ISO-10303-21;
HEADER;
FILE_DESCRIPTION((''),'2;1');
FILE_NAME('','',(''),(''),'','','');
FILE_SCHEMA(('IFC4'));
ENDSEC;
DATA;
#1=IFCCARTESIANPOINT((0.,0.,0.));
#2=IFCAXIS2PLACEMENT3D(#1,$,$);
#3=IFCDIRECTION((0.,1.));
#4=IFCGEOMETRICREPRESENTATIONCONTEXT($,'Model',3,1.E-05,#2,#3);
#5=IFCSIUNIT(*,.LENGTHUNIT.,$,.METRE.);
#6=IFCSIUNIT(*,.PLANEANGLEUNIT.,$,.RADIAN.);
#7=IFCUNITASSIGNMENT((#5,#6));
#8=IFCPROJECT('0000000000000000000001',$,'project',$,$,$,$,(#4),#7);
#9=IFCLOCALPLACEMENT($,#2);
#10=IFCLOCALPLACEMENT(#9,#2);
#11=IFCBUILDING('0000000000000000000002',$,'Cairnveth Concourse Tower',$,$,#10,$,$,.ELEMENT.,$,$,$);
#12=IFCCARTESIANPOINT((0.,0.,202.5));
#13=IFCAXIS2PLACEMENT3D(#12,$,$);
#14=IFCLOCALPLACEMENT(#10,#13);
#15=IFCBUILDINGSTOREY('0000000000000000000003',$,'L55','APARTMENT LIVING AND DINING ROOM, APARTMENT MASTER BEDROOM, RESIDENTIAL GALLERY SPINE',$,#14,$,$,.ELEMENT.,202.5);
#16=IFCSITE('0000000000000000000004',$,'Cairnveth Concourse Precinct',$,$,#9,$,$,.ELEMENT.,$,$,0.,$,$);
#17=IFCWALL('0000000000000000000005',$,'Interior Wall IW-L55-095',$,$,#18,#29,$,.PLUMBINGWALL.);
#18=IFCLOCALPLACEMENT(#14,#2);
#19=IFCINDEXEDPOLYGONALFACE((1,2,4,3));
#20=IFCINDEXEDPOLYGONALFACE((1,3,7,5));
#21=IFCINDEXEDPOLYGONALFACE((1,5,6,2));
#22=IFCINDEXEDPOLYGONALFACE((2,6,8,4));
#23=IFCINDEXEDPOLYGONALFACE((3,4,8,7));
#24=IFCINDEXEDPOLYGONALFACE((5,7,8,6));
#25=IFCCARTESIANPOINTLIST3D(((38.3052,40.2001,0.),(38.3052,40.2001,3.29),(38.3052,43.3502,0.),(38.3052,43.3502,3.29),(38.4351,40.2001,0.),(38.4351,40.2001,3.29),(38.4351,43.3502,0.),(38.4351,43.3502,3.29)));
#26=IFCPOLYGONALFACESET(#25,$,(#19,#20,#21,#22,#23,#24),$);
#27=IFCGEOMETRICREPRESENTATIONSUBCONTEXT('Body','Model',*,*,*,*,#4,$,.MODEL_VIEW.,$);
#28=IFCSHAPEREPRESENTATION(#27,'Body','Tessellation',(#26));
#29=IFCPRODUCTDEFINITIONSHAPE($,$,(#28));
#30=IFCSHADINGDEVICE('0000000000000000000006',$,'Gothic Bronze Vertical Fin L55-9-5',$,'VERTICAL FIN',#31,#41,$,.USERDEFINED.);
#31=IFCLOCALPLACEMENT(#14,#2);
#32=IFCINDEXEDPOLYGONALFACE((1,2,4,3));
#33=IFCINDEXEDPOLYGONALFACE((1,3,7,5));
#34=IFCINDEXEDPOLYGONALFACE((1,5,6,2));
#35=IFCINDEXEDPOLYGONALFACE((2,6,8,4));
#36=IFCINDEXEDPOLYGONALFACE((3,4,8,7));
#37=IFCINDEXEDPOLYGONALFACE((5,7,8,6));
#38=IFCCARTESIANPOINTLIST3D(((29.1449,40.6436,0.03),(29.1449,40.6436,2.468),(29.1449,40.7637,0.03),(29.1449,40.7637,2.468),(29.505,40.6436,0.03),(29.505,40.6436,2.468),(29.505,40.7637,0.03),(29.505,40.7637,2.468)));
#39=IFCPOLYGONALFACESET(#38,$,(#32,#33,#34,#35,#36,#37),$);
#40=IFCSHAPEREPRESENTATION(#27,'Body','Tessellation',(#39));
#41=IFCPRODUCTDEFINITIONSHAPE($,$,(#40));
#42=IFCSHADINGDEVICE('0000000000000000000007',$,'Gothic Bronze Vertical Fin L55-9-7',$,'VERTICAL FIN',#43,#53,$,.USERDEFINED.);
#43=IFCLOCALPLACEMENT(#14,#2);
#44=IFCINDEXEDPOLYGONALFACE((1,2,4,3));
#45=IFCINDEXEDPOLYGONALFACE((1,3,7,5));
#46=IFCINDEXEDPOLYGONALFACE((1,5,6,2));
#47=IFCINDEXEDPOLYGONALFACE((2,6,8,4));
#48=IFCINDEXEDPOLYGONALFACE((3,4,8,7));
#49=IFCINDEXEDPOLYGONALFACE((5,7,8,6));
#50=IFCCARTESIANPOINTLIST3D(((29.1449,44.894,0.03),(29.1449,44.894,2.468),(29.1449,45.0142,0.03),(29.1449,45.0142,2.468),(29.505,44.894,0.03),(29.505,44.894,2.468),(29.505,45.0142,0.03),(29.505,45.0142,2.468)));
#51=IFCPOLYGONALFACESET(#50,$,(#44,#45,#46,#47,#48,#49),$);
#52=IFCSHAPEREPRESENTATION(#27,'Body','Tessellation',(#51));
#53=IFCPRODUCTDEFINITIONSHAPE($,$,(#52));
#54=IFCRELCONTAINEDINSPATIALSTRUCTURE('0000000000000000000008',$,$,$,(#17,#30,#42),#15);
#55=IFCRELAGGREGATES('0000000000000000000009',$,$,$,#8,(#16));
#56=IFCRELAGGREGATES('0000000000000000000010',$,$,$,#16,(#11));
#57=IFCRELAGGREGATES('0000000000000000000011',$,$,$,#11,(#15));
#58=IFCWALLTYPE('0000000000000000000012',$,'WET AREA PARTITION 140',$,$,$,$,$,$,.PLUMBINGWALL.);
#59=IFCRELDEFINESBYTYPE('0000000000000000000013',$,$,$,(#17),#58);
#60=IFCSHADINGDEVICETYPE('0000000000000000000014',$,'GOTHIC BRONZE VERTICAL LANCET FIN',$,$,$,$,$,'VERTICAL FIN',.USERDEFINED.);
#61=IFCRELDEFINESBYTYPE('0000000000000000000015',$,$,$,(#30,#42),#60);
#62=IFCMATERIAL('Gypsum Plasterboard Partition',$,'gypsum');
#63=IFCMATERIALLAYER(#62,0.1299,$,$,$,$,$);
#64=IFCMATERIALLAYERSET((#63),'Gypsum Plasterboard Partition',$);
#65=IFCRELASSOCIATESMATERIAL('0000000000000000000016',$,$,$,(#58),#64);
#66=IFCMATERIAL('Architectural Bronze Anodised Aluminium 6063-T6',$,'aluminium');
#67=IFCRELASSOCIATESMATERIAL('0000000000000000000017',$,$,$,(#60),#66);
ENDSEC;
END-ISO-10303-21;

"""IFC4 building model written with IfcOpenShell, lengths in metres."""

from ifc_helpers import new_model, si_unit, direction, frame, frame_2d, origin, origin_2d, place, context, subcontext, project, spatial, rectangle, extrude, material, layer, layer_set, type_object, element, save


model = new_model("IFC4")

# Units and contexts
model_context = context("Model", 3, precision=1e-05, world=origin(), true_north=direction((0.0, 1.0)))
body_context = subcontext(model_context, "Body", "Model", "MODEL_VIEW")
ifc_project = project(units=[si_unit("LENGTHUNIT", "METRE"), si_unit("PLANEANGLEUNIT", "RADIAN")], contexts=[model_context])

# Site, building, storey
site_placement = place(None, origin())
site = spatial("IfcSite", under=ifc_project, at=site_placement, Name="Cairnveth Concourse Precinct", CompositionType="ELEMENT", RefElevation=0.0)
building_placement = place(site_placement, origin())
building = spatial("IfcBuilding", under=site, at=building_placement, Name="Cairnveth Concourse Tower", CompositionType="ELEMENT")
storey_placement = place(building_placement, frame((0.0, 0.0, 202.5)))
storey = spatial("IfcBuildingStorey", under=building, at=storey_placement, Name="L55", Description="APARTMENT LIVING AND DINING ROOM, APARTMENT MASTER BEDROOM, RESIDENTIAL GALLERY SPINE", CompositionType="ELEMENT", Elevation=202.5)

# Shared definitions
ifc_material_1 = material(Name="Gypsum Plasterboard Partition", Category="gypsum")
ifc_layer_1 = layer(ifc_material_1, 0.1299)
ifc_layer_set_1 = layer_set([ifc_layer_1], Name="Gypsum Plasterboard Partition")
wall_type_1 = type_object("IfcWallType", Name="WET AREA PARTITION 140", PredefinedType="PLUMBINGWALL", material=ifc_layer_set_1)

# Wall
wall_1_placement = place(storey_placement, frame((38.3701, 40.2, 0.0), z_axis=(0.0, 0.0, 1.0), x_axis=(0.0, 1.0, 0.0)))
element("IfcWall", 1, at=wall_1_placement, inside=storey, type_object=wall_type_1, Name="Interior Wall IW-L55-095", PredefinedType="PLUMBINGWALL", context=body_context, shape_type="SweptSolid", body=[
    extrude(rectangle(XDim=3.1501, YDim=0.1299, at=frame_2d((1.5752, 0.0))), origin(), (0.0, 0.0, 1.0), 3.29),
])

# Shading devices
ifc_material_2 = material(Name="Architectural Bronze Anodised Aluminium 6063-T6", Category="aluminium")
shading_device_type = type_object("IfcShadingDeviceType", Name="GOTHIC BRONZE VERTICAL LANCET FIN", ElementType="VERTICAL FIN", PredefinedType="USERDEFINED", material=ifc_material_2)
for number, where, z_axis, x_axis, name in (
    (2, (29.325, 40.7036, 0.03), (0.0, 0.0, 1.0), (0.0, 1.0, 0.0), "Gothic Bronze Vertical Fin L55-9-5"),
    (3, (29.325, 44.9541, 0.03), (0.0, 0.0, 1.0), (0.0, 1.0, 0.0), "Gothic Bronze Vertical Fin L55-9-7"),
):
    element("IfcShadingDevice", number, at=place(storey_placement, frame(where, z_axis=z_axis, x_axis=x_axis)), inside=storey, type_object=shading_device_type, Name=name, ObjectType="VERTICAL FIN", PredefinedType="USERDEFINED", context=body_context, shape_type="SweptSolid", body=[
        extrude(rectangle(XDim=0.1201, YDim=0.3601, at=origin_2d()), origin(), (0.0, 0.0, 1.0), 2.438),
    ])

save(model, "model.ifc")
